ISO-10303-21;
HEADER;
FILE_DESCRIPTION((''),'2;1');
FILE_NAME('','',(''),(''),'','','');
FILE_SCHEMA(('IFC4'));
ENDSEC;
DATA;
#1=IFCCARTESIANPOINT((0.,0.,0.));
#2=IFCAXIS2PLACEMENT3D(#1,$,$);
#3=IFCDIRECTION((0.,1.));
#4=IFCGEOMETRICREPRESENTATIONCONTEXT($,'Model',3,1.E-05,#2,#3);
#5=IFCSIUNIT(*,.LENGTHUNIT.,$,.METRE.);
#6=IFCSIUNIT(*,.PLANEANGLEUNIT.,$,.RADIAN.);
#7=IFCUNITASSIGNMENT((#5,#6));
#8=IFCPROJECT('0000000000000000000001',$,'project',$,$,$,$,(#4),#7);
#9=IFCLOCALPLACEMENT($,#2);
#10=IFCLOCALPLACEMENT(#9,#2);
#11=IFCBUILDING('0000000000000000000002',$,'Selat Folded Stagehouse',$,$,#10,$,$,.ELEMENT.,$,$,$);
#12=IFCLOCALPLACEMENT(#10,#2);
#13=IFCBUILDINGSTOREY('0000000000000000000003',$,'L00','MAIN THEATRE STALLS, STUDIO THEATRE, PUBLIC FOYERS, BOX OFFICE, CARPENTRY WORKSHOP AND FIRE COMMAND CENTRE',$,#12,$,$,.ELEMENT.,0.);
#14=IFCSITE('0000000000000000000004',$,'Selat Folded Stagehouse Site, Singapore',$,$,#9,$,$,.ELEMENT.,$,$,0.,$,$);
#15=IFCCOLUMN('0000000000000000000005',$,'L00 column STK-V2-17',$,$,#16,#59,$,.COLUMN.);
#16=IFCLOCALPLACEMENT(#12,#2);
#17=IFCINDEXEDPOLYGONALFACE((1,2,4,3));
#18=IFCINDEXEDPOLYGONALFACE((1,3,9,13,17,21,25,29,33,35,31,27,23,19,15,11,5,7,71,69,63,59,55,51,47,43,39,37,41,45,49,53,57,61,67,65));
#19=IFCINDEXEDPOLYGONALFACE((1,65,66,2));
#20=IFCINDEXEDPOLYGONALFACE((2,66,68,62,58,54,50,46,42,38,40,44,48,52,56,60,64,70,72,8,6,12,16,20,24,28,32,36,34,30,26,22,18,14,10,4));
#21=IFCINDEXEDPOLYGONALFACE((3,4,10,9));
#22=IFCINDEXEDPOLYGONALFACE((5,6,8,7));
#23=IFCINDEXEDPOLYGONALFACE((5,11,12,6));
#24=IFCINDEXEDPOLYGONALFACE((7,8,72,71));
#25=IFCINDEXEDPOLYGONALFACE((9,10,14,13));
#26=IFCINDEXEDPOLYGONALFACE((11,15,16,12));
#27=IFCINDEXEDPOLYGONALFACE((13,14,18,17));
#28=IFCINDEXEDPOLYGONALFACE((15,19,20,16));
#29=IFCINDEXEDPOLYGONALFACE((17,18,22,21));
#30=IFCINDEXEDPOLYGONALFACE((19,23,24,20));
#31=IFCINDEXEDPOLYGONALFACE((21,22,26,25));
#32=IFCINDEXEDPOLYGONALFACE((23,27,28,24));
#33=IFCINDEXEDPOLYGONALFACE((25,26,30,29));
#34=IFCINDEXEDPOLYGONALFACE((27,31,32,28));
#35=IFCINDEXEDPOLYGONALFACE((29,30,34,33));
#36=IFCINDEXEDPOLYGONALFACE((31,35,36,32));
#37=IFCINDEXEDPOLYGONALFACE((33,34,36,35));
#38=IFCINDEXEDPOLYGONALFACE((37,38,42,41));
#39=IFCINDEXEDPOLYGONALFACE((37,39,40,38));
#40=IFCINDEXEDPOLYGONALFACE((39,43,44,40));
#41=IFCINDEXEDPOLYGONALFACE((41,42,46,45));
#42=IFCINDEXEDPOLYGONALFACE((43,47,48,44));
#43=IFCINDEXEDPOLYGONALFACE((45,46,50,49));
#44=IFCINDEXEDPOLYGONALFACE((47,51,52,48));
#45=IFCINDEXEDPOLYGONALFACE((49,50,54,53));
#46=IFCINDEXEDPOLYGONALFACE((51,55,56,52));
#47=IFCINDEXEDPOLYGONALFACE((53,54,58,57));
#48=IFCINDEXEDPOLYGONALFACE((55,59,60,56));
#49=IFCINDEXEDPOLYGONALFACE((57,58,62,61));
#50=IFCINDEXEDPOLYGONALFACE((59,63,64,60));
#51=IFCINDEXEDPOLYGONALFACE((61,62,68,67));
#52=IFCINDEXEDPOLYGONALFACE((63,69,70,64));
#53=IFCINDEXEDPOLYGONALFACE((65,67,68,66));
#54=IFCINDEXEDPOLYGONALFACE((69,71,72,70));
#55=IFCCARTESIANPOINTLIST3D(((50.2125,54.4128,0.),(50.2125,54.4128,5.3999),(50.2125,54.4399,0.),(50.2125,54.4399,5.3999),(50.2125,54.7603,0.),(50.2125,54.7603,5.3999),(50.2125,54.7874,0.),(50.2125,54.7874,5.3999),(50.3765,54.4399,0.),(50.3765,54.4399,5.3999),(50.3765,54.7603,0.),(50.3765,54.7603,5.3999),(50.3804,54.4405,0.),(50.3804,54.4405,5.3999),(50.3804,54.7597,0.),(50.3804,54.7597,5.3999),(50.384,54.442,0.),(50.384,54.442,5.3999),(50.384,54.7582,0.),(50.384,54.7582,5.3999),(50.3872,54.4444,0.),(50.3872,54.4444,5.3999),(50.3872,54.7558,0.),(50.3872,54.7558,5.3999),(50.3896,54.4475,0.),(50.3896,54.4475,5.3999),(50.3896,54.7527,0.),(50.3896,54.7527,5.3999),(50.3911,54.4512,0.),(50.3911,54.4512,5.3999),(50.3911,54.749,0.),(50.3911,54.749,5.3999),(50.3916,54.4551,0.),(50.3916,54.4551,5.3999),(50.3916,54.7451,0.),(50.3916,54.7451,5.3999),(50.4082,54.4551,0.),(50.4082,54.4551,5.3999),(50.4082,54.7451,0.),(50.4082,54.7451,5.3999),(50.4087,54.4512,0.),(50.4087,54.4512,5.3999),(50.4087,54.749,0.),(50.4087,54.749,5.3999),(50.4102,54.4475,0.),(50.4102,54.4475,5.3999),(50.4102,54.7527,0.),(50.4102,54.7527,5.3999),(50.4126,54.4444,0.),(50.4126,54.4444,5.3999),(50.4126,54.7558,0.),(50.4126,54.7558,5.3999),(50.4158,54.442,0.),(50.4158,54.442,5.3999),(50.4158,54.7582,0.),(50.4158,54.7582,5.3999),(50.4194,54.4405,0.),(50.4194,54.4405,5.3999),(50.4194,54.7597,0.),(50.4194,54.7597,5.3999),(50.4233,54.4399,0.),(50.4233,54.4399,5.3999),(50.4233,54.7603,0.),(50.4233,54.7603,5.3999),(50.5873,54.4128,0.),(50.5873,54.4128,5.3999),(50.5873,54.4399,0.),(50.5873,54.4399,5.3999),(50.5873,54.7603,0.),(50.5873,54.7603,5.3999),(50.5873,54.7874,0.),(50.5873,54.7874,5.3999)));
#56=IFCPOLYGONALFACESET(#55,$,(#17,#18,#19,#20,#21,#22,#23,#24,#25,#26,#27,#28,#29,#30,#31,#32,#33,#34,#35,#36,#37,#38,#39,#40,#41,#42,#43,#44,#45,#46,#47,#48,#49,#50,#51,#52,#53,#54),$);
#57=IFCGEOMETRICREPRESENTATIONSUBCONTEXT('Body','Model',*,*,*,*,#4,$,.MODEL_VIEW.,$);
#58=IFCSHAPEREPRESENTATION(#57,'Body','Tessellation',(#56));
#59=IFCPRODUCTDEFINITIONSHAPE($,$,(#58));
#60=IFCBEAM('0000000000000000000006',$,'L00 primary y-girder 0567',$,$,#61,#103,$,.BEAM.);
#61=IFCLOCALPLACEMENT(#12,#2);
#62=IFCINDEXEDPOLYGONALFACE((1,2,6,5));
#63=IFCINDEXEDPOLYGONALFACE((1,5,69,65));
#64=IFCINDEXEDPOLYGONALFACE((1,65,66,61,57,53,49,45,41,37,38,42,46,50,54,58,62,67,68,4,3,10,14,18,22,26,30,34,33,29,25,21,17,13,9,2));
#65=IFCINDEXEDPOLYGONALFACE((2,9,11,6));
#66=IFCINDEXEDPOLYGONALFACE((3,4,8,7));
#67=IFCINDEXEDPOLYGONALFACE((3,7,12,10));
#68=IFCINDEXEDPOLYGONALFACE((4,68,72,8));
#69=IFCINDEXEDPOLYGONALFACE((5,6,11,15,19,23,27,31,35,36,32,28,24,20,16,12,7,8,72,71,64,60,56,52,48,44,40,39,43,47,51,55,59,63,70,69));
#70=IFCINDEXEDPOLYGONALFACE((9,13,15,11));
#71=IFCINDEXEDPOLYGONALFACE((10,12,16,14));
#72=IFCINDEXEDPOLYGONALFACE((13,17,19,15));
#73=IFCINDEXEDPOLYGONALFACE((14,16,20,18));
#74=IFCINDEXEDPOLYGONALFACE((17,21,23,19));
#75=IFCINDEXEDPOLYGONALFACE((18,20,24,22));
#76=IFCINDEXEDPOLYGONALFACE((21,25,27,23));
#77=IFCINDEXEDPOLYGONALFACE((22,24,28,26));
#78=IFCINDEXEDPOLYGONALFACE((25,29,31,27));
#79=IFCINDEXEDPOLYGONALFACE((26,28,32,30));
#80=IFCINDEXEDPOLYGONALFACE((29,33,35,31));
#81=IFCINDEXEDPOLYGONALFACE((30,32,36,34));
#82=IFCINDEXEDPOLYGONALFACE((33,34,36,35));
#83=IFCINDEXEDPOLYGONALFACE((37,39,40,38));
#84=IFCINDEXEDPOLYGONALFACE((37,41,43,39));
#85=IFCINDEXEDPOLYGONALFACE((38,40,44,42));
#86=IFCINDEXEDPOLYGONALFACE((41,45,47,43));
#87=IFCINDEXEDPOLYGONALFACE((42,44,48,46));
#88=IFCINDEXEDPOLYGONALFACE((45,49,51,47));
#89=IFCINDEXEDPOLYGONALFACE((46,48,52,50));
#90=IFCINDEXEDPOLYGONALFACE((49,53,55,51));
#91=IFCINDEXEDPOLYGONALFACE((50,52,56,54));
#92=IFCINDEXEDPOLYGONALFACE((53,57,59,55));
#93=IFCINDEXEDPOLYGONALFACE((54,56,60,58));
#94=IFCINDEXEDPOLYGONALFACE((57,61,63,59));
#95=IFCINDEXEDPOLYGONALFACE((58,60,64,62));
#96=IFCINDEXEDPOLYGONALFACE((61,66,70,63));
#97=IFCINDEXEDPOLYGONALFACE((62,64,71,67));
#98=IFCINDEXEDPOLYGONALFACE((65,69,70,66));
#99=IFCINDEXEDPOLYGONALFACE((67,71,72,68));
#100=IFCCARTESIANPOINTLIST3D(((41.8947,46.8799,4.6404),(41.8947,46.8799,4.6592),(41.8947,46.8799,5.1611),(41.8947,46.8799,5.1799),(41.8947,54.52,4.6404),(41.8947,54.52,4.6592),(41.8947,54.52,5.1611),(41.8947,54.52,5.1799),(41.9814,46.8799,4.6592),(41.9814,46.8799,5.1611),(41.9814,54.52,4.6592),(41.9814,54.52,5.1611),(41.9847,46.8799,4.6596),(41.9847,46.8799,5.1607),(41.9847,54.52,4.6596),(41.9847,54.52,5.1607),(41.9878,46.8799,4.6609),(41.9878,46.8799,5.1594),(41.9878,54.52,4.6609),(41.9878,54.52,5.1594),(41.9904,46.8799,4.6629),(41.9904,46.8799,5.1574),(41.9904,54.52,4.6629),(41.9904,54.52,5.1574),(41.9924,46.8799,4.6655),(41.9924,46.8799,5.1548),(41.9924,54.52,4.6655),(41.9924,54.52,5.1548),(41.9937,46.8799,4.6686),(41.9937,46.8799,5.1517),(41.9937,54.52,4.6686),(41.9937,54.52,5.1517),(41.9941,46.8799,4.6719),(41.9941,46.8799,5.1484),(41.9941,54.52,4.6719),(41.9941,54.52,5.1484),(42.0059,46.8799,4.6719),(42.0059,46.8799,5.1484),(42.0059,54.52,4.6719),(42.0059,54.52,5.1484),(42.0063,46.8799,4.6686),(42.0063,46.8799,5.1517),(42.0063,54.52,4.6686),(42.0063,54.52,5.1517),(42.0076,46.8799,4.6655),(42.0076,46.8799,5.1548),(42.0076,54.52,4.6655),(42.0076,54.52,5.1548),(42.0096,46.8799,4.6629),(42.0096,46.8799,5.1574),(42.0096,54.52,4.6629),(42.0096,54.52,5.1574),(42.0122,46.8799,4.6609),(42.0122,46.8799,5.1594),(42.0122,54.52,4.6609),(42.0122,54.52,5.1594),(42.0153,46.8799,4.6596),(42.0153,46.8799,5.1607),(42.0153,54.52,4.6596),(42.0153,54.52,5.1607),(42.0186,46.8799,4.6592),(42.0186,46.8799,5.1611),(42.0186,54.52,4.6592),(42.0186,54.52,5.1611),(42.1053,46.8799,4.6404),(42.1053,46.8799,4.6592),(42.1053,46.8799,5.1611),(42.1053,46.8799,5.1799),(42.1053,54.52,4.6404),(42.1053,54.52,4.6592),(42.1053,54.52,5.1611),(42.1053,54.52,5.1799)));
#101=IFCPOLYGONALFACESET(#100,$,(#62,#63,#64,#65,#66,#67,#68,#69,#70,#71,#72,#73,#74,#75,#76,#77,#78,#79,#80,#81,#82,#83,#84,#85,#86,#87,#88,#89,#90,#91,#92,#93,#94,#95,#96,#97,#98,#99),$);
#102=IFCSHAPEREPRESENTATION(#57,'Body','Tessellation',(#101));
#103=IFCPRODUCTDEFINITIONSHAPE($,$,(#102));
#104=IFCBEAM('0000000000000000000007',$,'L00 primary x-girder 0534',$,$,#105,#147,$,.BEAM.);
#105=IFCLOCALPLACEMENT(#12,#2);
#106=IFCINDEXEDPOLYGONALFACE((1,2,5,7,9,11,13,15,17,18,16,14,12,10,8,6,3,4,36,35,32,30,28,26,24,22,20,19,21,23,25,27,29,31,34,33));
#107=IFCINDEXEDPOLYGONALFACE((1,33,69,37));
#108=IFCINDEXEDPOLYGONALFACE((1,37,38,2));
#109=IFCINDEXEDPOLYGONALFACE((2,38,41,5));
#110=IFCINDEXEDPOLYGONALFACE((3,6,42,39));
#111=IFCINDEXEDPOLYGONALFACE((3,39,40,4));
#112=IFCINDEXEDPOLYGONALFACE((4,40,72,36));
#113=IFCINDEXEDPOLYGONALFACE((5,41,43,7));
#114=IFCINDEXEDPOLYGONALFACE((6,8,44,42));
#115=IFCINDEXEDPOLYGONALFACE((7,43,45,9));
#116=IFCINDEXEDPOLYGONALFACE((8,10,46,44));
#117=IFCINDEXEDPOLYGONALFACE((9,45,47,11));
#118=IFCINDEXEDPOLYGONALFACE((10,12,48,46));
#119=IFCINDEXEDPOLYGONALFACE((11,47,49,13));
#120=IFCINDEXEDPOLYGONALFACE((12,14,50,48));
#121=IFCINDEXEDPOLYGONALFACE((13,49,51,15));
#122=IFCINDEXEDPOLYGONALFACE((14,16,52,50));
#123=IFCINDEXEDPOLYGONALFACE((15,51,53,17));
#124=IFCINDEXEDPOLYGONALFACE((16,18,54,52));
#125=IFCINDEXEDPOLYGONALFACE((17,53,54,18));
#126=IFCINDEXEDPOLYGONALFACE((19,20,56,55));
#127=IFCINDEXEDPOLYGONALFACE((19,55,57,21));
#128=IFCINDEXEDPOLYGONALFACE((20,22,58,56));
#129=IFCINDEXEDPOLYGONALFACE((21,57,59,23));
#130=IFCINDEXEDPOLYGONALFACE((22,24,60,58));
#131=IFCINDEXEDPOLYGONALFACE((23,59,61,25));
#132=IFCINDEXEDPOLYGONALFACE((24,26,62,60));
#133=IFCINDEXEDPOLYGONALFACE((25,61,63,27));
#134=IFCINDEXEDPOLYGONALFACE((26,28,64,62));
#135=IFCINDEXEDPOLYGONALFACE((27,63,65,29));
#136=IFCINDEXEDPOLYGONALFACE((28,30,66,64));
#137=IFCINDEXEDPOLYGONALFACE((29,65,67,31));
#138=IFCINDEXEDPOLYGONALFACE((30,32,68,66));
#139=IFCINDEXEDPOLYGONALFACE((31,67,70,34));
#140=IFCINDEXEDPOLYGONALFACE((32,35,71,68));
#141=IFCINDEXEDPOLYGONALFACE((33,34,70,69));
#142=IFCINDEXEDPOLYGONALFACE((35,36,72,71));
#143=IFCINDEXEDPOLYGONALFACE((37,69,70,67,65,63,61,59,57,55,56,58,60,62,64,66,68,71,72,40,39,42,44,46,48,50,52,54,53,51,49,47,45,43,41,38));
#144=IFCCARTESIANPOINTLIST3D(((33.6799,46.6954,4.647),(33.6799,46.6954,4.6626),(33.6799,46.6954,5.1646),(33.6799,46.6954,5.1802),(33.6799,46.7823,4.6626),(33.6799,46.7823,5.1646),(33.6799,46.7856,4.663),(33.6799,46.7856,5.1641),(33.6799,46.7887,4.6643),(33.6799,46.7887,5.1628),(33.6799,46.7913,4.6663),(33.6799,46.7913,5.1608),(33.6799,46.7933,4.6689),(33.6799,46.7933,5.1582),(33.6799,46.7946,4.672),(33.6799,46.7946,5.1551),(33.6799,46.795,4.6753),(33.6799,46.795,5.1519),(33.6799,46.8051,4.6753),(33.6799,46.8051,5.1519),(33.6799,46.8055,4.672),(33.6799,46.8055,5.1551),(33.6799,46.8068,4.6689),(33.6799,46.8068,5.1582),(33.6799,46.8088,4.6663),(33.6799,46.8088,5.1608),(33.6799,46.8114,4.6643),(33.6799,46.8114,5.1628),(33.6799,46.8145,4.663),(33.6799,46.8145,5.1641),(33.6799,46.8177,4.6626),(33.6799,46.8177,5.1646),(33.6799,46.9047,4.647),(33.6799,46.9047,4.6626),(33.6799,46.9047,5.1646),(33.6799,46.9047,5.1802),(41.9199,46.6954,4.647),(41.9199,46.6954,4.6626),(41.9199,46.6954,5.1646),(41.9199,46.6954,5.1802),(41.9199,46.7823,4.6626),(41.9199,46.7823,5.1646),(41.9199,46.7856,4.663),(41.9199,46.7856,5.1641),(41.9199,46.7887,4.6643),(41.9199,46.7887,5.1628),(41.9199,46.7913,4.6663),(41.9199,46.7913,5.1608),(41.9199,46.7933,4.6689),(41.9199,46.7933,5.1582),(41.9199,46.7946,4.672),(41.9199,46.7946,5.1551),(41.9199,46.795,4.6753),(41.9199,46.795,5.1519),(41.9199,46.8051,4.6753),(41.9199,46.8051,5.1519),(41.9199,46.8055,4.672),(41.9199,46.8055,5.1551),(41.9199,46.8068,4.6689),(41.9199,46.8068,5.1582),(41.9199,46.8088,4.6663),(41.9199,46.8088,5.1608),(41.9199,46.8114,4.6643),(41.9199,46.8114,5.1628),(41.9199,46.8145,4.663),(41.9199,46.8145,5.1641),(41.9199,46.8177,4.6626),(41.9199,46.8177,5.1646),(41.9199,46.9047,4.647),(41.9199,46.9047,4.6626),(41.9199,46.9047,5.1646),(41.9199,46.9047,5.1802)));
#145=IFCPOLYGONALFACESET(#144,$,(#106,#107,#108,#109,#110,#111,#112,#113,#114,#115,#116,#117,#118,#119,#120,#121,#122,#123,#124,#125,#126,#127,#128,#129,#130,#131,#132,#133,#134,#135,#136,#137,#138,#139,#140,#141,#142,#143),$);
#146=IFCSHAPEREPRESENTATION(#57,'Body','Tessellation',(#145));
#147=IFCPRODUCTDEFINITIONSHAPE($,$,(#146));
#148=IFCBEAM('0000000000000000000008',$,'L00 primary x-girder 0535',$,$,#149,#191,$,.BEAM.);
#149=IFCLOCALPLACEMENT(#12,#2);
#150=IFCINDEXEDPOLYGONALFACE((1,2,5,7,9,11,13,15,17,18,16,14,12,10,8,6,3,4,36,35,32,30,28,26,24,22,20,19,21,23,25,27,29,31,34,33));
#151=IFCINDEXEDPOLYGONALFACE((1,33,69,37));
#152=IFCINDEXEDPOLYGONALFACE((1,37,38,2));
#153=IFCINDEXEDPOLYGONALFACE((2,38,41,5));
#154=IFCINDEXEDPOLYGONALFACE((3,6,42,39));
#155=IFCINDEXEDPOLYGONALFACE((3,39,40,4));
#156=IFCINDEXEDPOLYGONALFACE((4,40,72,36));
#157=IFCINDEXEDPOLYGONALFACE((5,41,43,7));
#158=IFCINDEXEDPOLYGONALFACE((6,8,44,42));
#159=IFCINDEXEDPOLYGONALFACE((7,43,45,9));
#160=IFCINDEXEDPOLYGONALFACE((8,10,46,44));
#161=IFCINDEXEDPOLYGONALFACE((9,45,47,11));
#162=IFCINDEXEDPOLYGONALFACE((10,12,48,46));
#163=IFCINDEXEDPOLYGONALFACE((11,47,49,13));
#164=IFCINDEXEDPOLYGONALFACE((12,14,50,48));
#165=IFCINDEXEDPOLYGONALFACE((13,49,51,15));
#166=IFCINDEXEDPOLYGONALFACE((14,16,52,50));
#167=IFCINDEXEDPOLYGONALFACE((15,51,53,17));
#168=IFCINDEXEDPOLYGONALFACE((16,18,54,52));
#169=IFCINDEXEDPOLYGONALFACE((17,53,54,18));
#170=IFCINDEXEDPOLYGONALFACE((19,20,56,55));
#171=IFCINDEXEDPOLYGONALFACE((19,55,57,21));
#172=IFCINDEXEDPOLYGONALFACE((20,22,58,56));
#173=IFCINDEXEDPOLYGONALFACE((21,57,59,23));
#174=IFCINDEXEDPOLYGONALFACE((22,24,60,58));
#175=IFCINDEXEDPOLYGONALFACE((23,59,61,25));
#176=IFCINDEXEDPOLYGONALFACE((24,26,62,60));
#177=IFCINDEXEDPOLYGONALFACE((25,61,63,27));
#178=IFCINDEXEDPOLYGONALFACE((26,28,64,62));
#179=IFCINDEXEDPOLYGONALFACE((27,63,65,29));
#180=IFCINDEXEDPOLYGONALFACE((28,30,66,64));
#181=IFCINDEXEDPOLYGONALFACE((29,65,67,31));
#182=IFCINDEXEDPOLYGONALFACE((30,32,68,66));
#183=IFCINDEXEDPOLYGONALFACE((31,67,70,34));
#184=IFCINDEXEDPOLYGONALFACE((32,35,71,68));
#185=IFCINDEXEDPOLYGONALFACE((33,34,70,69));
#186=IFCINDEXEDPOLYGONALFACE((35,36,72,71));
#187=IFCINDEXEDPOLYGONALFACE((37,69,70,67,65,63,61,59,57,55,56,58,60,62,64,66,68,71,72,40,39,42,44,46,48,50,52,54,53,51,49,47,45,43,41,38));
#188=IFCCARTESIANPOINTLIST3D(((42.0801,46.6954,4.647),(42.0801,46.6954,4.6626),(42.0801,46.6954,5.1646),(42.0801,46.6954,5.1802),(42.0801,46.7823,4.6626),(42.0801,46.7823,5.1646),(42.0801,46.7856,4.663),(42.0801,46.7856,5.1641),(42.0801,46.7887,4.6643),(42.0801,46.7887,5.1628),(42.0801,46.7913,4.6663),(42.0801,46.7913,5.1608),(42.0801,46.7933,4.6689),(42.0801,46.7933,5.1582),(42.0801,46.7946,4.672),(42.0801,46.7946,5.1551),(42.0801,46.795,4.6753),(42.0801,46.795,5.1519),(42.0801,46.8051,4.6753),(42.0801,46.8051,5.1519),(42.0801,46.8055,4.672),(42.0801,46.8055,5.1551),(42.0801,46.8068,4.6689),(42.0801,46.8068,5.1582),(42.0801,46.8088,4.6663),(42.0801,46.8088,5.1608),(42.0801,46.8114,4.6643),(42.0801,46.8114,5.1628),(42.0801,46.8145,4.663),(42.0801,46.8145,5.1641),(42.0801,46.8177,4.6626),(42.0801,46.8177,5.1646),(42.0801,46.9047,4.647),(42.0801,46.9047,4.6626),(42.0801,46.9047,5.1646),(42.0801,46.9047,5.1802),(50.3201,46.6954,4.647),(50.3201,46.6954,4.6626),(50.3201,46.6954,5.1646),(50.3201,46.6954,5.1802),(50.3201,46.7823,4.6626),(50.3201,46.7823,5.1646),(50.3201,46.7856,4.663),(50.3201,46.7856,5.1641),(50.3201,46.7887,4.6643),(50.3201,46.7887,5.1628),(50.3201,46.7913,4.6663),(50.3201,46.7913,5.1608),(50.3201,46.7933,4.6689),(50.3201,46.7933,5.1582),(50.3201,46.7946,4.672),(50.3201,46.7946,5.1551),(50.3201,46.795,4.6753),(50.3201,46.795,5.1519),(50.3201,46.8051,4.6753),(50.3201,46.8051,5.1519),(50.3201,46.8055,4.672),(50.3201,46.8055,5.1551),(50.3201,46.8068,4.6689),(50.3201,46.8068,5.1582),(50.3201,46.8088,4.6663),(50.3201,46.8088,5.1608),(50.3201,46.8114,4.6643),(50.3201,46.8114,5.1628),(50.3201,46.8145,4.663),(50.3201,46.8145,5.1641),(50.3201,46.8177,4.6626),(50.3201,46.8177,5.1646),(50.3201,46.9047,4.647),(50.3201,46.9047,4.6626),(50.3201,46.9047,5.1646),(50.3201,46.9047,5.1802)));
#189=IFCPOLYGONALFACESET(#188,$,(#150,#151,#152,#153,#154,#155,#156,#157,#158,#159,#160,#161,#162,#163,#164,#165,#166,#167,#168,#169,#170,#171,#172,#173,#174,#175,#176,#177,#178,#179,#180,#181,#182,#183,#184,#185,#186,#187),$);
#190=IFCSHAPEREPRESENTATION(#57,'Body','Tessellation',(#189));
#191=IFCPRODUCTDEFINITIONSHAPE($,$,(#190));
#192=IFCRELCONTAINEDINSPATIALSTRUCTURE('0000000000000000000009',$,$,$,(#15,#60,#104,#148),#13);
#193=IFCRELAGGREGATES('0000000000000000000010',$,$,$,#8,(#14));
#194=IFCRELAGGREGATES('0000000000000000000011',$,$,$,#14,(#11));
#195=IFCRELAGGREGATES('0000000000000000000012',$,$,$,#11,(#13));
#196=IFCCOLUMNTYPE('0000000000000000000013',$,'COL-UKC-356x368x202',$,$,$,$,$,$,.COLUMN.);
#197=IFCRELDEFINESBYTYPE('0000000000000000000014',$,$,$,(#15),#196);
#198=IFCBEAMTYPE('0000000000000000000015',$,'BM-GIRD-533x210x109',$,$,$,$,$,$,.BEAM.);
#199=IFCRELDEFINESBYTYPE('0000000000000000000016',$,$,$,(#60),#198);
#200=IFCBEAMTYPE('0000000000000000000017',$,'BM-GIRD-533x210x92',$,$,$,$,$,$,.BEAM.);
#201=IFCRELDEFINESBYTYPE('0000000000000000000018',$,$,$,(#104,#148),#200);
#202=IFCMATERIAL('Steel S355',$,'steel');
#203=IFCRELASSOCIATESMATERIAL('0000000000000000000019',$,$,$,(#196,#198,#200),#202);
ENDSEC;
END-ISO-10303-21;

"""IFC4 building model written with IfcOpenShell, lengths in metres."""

from ifc_helpers import new_model, si_unit, direction, frame, origin, origin_2d, place, context, subcontext, project, spatial, i_section, extrude, material, material_profile, profile_set, type_object, element, save


model = new_model("IFC4")

# Units and contexts
model_context = context("Model", 3, precision=1e-05, world=origin(), true_north=direction((0.0, 1.0)))
body_context = subcontext(model_context, "Body", "Model", "MODEL_VIEW")
ifc_project = project(units=[si_unit("LENGTHUNIT", "METRE"), si_unit("PLANEANGLEUNIT", "RADIAN")], contexts=[model_context])

# Site, building, storey
site_placement = place(None, origin())
site = spatial("IfcSite", under=ifc_project, at=site_placement, Name="Selat Folded Stagehouse Site, Singapore", CompositionType="ELEMENT", RefElevation=0.0)
building_placement = place(site_placement, origin())
building = spatial("IfcBuilding", under=site, at=building_placement, Name="Selat Folded Stagehouse", CompositionType="ELEMENT")
storey_placement = place(building_placement, origin())
storey = spatial("IfcBuildingStorey", under=building, at=storey_placement, Name="L00", Description="MAIN THEATRE STALLS, STUDIO THEATRE, PUBLIC FOYERS, BOX OFFICE, CARPENTRY WORKSHOP AND FIRE COMMAND CENTRE", CompositionType="ELEMENT", Elevation=0.0)

# Column
ifc_material_1 = material(Name="Steel S355", Category="steel")
ifc_material_profile_1 = material_profile(ifc_material_1, i_section(OverallWidth=0.3748, OverallDepth=0.3745, WebThickness=0.0166, FlangeThickness=0.0271, FilletRadius=0.0151, at=origin_2d()), Name="UKC 356x368x202")
ifc_profile_set_1 = profile_set([ifc_material_profile_1], Name="Steel S355")
column_type = type_object("IfcColumnType", Name="COL-UKC-356x368x202", PredefinedType="COLUMN", material=ifc_profile_set_1)
for number, where, z_axis, x_axis, name in (
    (1, (50.3999, 54.6001, 0.0), (0.0, 0.0, 1.0), (1.0, 0.0, 0.0), "L00 column STK-V2-17"),
):
    element("IfcColumn", number, at=place(storey_placement, frame(where, z_axis=z_axis, x_axis=x_axis)), inside=storey, type_object=column_type, Name=name, PredefinedType="COLUMN", context=body_context, shape_type="SweptSolid", body=[
        extrude(i_section(OverallWidth=0.3748, OverallDepth=0.3745, WebThickness=0.0166, FlangeThickness=0.0271, FilletRadius=0.0151, at=origin_2d()), origin(), (0.0, 0.0, 1.0), 5.3999),
    ])

# Beams
ifc_material_profile_2 = material_profile(ifc_material_1, i_section(OverallWidth=0.2107, OverallDepth=0.5396, WebThickness=0.0117, FlangeThickness=0.0188, FilletRadius=0.0127, at=origin_2d()), Name="UKB 533x210x109")
ifc_profile_set_2 = profile_set([ifc_material_profile_2], Name="Steel S355")
beam_type_1 = type_object("IfcBeamType", Name="BM-GIRD-533x210x109", PredefinedType="BEAM", material=ifc_profile_set_2)
beam_placement = place(storey_placement, frame((42.0, 46.8799, 4.9102), z_axis=(0.0, 1.0, 0.0), x_axis=(-1.0, 0.0, 0.0)))
element("IfcBeam", 2, at=beam_placement, inside=storey, type_object=beam_type_1, Name="L00 primary y-girder 0567", PredefinedType="BEAM", context=body_context, shape_type="SweptSolid", body=[
    extrude(i_section(OverallWidth=0.2107, OverallDepth=0.5396, WebThickness=0.0117, FlangeThickness=0.0188, FilletRadius=0.0127, at=origin_2d()), origin(), (0.0, 0.0, 1.0), 7.6401),
])
ifc_material_profile_3 = material_profile(ifc_material_1, i_section(OverallWidth=0.2092, OverallDepth=0.5332, WebThickness=0.01, FlangeThickness=0.0156, FilletRadius=0.0127, at=origin_2d()), Name="UKB 533x210x92")
ifc_profile_set_3 = profile_set([ifc_material_profile_3], Name="Steel S355")
beam_type_2 = type_object("IfcBeamType", Name="BM-GIRD-533x210x92", PredefinedType="BEAM", material=ifc_profile_set_3)
for number, where, z_axis, x_axis, name in (
    (3, (33.6799, 46.8, 4.9136), (1.0, 0.0, 0.0), (0.0, 1.0, 0.0), "L00 primary x-girder 0534"),
    (4, (42.0801, 46.8, 4.9136), (1.0, 0.0, 0.0), (0.0, 1.0, 0.0), "L00 primary x-girder 0535"),
):
    element("IfcBeam", number, at=place(storey_placement, frame(where, z_axis=z_axis, x_axis=x_axis)), inside=storey, type_object=beam_type_2, Name=name, PredefinedType="BEAM", context=body_context, shape_type="SweptSolid", body=[
        extrude(i_section(OverallWidth=0.2092, OverallDepth=0.5332, WebThickness=0.01, FlangeThickness=0.0156, FilletRadius=0.0127, at=origin_2d()), origin(), (0.0, 0.0, 1.0), 8.24),
    ])

save(model, "model.ifc")
